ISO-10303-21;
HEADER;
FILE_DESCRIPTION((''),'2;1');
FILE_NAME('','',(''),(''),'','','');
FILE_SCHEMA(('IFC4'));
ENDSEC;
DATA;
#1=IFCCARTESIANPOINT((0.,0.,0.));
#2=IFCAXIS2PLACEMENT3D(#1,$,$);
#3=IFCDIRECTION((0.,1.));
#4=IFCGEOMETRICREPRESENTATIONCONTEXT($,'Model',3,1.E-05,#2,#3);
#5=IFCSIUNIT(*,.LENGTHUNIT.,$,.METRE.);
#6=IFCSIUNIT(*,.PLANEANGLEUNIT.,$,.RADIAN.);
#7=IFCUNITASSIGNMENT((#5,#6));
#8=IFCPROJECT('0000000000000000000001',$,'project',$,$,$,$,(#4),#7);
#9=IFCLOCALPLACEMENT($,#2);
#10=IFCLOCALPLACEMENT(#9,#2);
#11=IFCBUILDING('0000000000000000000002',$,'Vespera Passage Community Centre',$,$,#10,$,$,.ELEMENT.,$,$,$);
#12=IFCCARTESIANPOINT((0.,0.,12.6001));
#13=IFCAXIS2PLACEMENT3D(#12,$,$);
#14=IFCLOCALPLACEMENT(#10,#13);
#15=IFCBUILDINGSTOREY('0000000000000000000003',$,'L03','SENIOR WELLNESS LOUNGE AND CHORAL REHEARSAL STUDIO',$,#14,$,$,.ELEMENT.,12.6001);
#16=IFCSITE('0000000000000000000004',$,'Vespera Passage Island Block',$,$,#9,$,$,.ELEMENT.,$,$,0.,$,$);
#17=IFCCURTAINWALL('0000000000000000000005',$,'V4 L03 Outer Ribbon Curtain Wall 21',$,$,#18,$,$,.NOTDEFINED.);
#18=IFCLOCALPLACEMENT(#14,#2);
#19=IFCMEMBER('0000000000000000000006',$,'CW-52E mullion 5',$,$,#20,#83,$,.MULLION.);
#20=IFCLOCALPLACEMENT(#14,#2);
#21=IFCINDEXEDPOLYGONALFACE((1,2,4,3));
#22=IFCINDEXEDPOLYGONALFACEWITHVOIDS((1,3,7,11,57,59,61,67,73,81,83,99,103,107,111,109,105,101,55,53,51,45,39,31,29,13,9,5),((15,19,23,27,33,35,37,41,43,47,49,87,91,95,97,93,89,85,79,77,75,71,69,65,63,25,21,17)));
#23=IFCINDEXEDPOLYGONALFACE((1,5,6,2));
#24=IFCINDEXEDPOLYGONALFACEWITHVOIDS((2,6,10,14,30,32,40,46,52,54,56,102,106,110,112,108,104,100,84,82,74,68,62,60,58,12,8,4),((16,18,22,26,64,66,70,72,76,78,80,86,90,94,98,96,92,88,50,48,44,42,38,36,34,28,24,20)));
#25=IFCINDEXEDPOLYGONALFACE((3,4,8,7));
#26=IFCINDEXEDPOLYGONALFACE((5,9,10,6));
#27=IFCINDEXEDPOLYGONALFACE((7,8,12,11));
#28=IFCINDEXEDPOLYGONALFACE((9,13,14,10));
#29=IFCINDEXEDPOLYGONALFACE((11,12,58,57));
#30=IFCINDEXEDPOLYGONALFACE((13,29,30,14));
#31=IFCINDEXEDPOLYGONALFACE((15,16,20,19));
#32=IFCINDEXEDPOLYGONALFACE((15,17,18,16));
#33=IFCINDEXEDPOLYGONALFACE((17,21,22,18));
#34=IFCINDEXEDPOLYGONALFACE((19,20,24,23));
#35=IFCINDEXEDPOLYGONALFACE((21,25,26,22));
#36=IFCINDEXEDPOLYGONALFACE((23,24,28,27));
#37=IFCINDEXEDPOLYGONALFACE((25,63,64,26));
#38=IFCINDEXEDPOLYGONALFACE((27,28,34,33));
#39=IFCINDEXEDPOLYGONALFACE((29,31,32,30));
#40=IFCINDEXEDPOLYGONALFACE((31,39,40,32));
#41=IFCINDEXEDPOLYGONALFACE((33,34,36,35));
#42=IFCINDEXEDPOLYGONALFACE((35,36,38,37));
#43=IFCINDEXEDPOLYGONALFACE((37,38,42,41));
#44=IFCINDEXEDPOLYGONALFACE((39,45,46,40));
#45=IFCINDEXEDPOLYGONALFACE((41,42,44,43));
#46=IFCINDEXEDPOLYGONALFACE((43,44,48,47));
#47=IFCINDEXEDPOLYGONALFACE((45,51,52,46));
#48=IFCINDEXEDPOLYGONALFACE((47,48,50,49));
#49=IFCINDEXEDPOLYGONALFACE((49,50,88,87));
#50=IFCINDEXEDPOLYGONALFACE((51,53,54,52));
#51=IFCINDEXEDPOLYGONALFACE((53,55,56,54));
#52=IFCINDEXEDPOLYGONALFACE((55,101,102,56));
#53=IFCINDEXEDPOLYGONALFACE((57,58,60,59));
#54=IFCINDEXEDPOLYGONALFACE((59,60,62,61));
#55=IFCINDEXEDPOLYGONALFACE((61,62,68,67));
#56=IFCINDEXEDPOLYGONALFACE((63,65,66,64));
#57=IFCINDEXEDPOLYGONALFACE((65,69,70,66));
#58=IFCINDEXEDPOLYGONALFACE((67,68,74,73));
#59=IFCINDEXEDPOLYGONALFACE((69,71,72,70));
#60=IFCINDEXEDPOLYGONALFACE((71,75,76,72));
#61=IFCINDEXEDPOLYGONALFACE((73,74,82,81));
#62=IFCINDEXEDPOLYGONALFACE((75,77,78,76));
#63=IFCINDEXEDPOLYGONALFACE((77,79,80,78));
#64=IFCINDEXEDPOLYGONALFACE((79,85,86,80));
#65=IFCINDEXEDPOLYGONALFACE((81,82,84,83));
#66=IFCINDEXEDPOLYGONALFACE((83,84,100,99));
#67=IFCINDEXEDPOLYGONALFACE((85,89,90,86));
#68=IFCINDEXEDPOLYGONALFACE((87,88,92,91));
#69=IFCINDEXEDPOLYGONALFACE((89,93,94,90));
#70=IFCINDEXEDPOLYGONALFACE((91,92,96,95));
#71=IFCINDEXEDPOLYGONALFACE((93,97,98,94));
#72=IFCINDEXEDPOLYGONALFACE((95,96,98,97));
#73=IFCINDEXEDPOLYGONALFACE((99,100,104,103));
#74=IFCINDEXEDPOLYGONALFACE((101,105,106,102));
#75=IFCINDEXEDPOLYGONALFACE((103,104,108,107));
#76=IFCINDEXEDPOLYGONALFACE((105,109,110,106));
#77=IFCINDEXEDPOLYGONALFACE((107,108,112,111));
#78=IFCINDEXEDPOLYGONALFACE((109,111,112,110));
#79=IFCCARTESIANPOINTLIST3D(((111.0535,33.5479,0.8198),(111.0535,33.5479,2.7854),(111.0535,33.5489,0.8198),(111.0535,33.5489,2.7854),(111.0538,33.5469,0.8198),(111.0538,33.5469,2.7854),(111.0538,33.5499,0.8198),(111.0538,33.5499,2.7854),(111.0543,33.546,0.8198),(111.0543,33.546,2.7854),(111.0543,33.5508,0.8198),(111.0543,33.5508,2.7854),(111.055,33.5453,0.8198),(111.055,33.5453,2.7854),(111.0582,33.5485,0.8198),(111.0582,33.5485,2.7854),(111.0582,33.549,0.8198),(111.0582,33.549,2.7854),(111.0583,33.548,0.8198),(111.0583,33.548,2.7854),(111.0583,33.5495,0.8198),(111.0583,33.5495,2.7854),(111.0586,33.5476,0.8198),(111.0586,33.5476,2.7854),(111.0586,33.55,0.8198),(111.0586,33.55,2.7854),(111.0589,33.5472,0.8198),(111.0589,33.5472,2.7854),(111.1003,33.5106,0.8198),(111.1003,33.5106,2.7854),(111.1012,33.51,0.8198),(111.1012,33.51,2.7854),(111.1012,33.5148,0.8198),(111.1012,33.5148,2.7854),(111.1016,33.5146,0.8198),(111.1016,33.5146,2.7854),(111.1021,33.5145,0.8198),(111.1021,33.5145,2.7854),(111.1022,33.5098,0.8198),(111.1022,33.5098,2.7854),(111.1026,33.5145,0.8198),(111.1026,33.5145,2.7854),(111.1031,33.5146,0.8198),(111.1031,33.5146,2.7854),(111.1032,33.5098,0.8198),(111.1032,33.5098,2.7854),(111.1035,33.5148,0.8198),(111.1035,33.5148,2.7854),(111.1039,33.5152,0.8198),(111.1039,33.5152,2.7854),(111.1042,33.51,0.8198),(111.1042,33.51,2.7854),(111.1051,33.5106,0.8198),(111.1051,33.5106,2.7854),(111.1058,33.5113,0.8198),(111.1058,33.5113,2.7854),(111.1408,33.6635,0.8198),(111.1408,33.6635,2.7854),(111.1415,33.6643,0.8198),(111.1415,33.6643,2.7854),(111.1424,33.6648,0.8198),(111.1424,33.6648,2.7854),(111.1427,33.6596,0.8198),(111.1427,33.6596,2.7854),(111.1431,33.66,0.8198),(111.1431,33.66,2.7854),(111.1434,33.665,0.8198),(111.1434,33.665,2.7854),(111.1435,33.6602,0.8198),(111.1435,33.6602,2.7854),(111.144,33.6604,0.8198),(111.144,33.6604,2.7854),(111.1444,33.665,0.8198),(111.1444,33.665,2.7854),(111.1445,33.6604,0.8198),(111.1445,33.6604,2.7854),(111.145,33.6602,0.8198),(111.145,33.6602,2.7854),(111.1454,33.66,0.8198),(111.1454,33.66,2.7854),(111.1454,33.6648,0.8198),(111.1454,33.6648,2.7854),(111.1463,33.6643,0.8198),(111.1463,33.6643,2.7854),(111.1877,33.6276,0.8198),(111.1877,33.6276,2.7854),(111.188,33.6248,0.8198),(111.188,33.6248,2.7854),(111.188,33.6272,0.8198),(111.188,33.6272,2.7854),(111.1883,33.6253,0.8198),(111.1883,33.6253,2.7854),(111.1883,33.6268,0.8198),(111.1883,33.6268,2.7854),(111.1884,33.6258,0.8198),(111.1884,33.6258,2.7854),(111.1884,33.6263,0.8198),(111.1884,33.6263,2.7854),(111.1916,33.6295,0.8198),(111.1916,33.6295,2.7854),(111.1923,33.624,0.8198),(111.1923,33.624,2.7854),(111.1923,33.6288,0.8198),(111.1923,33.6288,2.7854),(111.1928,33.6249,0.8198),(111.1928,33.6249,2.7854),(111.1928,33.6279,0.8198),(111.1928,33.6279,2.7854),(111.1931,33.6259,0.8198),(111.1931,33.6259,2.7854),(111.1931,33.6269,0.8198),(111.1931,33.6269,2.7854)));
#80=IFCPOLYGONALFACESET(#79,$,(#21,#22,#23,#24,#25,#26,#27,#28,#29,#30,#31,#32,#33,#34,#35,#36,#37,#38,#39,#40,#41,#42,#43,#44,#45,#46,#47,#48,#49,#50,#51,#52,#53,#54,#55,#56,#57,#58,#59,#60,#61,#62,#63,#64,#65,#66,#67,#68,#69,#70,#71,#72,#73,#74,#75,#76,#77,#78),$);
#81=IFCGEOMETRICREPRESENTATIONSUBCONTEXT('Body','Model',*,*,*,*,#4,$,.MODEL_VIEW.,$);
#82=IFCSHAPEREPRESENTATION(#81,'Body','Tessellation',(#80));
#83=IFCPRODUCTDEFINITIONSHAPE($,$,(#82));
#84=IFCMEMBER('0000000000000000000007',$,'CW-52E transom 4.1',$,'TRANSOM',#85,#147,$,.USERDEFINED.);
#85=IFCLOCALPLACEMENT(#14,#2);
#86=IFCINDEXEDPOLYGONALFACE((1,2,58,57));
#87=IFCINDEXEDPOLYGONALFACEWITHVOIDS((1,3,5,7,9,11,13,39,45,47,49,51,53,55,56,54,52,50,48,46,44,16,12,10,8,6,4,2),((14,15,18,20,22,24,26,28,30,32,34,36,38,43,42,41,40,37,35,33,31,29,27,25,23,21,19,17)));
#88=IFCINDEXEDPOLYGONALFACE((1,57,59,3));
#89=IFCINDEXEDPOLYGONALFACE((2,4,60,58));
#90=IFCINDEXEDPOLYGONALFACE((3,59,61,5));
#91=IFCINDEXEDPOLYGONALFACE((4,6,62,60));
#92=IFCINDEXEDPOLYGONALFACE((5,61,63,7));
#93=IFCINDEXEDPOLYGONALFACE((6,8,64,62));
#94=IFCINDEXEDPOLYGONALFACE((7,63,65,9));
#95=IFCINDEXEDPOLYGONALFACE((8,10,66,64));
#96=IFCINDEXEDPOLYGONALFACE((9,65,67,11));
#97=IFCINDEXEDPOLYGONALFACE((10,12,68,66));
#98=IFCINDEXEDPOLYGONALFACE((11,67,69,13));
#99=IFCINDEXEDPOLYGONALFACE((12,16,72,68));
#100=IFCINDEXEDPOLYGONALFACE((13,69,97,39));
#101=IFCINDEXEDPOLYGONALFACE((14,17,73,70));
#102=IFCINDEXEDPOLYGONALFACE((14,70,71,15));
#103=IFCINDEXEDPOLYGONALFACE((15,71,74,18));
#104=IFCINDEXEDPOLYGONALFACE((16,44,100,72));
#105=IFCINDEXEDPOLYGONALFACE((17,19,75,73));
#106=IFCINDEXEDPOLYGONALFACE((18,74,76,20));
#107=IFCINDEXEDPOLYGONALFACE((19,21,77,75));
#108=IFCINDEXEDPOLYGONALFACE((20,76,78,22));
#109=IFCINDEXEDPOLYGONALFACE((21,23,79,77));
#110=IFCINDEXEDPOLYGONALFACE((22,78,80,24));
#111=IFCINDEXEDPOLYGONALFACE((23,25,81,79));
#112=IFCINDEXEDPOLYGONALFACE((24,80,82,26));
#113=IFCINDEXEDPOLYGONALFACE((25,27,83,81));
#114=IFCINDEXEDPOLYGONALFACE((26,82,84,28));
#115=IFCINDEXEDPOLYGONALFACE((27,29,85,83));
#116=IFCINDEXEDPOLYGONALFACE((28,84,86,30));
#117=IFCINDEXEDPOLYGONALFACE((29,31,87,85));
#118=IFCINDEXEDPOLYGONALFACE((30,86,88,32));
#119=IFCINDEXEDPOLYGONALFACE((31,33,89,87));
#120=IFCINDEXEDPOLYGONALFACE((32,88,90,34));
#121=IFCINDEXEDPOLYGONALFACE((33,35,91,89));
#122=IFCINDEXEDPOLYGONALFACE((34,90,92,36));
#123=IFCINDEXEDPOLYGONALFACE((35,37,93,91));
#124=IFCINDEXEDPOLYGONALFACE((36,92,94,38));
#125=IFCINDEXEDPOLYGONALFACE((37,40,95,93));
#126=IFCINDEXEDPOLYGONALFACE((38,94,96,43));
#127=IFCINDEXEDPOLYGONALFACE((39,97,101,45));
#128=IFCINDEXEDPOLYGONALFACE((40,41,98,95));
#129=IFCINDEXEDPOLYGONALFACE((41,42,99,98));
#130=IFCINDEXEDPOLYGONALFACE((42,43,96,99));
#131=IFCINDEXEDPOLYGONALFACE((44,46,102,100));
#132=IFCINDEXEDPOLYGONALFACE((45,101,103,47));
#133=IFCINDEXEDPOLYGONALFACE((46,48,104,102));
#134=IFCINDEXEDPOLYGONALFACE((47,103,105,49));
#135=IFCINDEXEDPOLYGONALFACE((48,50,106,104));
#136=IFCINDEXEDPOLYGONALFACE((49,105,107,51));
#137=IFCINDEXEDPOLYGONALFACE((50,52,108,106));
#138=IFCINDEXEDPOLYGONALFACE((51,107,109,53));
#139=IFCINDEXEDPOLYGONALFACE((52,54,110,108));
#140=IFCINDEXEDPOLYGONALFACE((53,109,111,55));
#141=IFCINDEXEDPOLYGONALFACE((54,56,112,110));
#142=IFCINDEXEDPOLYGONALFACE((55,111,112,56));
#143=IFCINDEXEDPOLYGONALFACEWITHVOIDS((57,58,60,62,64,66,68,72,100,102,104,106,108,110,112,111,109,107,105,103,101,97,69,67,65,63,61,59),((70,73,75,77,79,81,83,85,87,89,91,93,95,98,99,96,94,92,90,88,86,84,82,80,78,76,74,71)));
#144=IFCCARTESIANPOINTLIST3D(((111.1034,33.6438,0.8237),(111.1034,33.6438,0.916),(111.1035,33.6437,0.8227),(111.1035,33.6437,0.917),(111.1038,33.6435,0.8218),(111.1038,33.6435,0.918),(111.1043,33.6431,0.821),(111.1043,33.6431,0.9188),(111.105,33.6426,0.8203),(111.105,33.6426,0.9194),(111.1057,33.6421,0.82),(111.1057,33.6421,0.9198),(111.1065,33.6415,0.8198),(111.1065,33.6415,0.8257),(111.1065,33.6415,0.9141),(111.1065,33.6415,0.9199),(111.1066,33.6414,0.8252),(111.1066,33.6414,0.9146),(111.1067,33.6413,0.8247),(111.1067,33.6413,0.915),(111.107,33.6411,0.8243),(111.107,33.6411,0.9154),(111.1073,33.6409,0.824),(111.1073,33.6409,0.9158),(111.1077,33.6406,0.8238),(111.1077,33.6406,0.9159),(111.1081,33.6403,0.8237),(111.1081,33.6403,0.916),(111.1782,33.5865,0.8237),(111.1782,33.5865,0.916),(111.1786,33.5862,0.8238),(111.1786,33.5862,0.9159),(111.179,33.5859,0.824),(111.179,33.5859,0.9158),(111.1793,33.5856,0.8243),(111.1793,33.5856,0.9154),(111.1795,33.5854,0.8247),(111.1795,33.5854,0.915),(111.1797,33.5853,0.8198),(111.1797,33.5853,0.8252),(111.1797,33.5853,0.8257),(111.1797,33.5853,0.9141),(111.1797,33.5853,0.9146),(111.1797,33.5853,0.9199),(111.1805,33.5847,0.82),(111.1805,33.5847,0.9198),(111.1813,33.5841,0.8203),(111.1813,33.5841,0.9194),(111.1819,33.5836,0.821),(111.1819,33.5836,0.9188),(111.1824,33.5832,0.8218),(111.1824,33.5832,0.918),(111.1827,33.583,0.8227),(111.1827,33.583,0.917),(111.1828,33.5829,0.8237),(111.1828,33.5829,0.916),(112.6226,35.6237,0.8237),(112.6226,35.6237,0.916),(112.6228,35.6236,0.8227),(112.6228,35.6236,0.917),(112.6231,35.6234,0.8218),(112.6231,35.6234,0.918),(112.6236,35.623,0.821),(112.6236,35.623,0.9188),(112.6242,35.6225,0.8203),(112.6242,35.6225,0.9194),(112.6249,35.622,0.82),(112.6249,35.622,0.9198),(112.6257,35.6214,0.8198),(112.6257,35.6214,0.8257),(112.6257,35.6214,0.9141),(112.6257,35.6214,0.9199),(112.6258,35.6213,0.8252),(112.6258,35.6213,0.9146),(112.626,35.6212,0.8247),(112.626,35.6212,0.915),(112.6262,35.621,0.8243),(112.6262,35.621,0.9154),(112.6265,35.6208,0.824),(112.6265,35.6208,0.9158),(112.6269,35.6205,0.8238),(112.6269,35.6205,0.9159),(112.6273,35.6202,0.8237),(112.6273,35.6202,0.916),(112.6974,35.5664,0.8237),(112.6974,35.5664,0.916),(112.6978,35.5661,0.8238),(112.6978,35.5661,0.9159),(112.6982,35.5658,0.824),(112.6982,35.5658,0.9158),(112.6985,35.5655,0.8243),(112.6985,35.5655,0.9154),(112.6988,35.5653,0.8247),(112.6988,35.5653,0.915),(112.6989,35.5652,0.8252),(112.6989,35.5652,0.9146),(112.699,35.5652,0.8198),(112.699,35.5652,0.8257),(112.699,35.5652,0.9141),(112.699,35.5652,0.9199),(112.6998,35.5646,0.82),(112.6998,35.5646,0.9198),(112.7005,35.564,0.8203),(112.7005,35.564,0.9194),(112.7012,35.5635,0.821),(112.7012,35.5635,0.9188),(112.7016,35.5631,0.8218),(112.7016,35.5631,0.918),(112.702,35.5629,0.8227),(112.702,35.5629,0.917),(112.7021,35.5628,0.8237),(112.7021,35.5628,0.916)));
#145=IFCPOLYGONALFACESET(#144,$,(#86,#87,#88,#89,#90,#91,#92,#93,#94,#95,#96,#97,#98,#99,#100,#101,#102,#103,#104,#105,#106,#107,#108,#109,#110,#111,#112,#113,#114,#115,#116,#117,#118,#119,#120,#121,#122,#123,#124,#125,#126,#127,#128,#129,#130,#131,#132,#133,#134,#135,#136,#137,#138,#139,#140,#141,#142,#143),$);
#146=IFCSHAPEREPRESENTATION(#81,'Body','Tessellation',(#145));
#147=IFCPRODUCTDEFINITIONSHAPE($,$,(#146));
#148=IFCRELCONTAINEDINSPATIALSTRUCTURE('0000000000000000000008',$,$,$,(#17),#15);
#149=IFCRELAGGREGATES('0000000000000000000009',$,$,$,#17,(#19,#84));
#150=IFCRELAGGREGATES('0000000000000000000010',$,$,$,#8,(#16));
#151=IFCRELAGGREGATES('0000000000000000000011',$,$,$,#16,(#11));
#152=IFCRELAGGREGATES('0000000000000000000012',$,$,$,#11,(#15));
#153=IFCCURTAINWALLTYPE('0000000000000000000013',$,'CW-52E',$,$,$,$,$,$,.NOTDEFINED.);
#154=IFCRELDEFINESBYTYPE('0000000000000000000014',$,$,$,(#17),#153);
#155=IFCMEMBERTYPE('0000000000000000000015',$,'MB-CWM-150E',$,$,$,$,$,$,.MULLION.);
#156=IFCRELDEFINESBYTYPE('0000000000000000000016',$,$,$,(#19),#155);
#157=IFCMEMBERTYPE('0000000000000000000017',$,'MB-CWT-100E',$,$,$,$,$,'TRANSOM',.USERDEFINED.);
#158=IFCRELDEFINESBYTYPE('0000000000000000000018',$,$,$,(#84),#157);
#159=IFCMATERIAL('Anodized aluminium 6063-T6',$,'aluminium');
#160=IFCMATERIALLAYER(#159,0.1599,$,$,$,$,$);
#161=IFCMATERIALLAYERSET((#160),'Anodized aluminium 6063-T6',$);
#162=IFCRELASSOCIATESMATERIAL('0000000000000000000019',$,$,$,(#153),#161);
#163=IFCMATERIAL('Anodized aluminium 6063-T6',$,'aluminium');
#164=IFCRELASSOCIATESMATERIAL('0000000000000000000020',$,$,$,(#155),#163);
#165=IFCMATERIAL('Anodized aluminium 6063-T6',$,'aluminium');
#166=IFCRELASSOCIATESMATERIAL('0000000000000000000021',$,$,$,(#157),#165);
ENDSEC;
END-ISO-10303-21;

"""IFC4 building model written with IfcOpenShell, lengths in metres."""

from ifc_helpers import new_model, si_unit, direction, frame, origin, origin_2d, place, context, subcontext, project, spatial, hollow_rectangle, extrude, material, layer, layer_set, material_profile, profile_set, type_object, element, aggregate, save


model = new_model("IFC4")

# Units and contexts
model_context = context("Model", 3, precision=1e-05, world=origin(), true_north=direction((0.0, 1.0)))
body_context = subcontext(model_context, "Body", "Model", "MODEL_VIEW")
ifc_project = project(units=[si_unit("LENGTHUNIT", "METRE"), si_unit("PLANEANGLEUNIT", "RADIAN")], contexts=[model_context])

# Site, building, storey
site_placement = place(None, origin())
site = spatial("IfcSite", under=ifc_project, at=site_placement, Name="Vespera Passage Island Block", CompositionType="ELEMENT", RefElevation=0.0)
building_placement = place(site_placement, origin())
building = spatial("IfcBuilding", under=site, at=building_placement, Name="Vespera Passage Community Centre", CompositionType="ELEMENT")
storey_placement = place(building_placement, frame((0.0, 0.0, 12.6001)))
storey = spatial("IfcBuildingStorey", under=building, at=storey_placement, Name="L03", Description="SENIOR WELLNESS LOUNGE AND CHORAL REHEARSAL STUDIO", CompositionType="ELEMENT", Elevation=12.6001)

# Curtain wall, members
ifc_material_1 = material(Name="Anodized aluminium 6063-T6", Category="aluminium")
ifc_layer_1 = layer(ifc_material_1, 0.1599)
ifc_layer_set_1 = layer_set([ifc_layer_1], Name="Anodized aluminium 6063-T6")
curtain_wall_type = type_object("IfcCurtainWallType", Name="CW-52E", PredefinedType="NOTDEFINED", material=ifc_layer_set_1)
curtain_wall_placement = place(storey_placement, origin())
curtain_wall = element("IfcCurtainWall", 1, at=curtain_wall_placement, inside=storey, type_object=curtain_wall_type, Name="V4 L03 Outer Ribbon Curtain Wall 21", PredefinedType="NOTDEFINED")
ifc_material_2 = material(Name="Anodized aluminium 6063-T6", Category="aluminium")
ifc_material_profile_1 = material_profile(ifc_material_2, hollow_rectangle(XDim=0.0649, YDim=0.1499, WallThickness=0.0039, InnerFilletRadius=0.002, OuterFilletRadius=0.0039, at=origin_2d()), Name="ALU150X65X4")
ifc_profile_set_1 = profile_set([ifc_material_profile_1], Name="Anodized aluminium 6063-T6")
member_type_1 = type_object("IfcMemberType", Name="MB-CWM-150E", PredefinedType="MULLION", material=ifc_profile_set_1)
member_1_placement = place(storey_placement, frame((111.1233, 33.5874, 0.8198), z_axis=(0.0, 0.0, 1.0), x_axis=(0.79335, -0.608765, 0.0)))
member_1 = element("IfcMember", 2, at=member_1_placement, type_object=member_type_1, Name="CW-52E mullion 5", PredefinedType="MULLION", context=body_context, shape_type="SweptSolid", body=[
    extrude(hollow_rectangle(XDim=0.0649, YDim=0.1499, WallThickness=0.0039, InnerFilletRadius=0.002, OuterFilletRadius=0.0039, at=origin_2d()), origin(), (0.0, 0.0, 1.0), 1.9656),
])
ifc_material_3 = material(Name="Anodized aluminium 6063-T6", Category="aluminium")
ifc_material_profile_2 = material_profile(ifc_material_3, hollow_rectangle(XDim=0.1001, YDim=0.1001, WallThickness=0.0039, InnerFilletRadius=0.002, OuterFilletRadius=0.0039, at=origin_2d()), Name="ALU100X100X4")
ifc_profile_set_2 = profile_set([ifc_material_profile_2], Name="Anodized aluminium 6063-T6")
member_type_2 = type_object("IfcMemberType", Name="MB-CWT-100E", ElementType="TRANSOM", PredefinedType="USERDEFINED", material=ifc_profile_set_2)
member_2_placement = place(storey_placement, frame((112.6624, 35.5933, 0.8699), z_axis=(-0.60876, -0.793354, 0.0), x_axis=(0.793354, -0.60876, 0.0)))
member_2 = element("IfcMember", 3, at=member_2_placement, type_object=member_type_2, Name="CW-52E transom 4.1", ObjectType="TRANSOM", PredefinedType="USERDEFINED", context=body_context, shape_type="SweptSolid", body=[
    extrude(hollow_rectangle(XDim=0.1001, YDim=0.1001, WallThickness=0.0039, InnerFilletRadius=0.002, OuterFilletRadius=0.0039, at=origin_2d()), origin(), (0.0, 0.0, 1.0), 2.4956),
])
aggregate(curtain_wall, [member_1, member_2])

save(model, "model.ifc")
